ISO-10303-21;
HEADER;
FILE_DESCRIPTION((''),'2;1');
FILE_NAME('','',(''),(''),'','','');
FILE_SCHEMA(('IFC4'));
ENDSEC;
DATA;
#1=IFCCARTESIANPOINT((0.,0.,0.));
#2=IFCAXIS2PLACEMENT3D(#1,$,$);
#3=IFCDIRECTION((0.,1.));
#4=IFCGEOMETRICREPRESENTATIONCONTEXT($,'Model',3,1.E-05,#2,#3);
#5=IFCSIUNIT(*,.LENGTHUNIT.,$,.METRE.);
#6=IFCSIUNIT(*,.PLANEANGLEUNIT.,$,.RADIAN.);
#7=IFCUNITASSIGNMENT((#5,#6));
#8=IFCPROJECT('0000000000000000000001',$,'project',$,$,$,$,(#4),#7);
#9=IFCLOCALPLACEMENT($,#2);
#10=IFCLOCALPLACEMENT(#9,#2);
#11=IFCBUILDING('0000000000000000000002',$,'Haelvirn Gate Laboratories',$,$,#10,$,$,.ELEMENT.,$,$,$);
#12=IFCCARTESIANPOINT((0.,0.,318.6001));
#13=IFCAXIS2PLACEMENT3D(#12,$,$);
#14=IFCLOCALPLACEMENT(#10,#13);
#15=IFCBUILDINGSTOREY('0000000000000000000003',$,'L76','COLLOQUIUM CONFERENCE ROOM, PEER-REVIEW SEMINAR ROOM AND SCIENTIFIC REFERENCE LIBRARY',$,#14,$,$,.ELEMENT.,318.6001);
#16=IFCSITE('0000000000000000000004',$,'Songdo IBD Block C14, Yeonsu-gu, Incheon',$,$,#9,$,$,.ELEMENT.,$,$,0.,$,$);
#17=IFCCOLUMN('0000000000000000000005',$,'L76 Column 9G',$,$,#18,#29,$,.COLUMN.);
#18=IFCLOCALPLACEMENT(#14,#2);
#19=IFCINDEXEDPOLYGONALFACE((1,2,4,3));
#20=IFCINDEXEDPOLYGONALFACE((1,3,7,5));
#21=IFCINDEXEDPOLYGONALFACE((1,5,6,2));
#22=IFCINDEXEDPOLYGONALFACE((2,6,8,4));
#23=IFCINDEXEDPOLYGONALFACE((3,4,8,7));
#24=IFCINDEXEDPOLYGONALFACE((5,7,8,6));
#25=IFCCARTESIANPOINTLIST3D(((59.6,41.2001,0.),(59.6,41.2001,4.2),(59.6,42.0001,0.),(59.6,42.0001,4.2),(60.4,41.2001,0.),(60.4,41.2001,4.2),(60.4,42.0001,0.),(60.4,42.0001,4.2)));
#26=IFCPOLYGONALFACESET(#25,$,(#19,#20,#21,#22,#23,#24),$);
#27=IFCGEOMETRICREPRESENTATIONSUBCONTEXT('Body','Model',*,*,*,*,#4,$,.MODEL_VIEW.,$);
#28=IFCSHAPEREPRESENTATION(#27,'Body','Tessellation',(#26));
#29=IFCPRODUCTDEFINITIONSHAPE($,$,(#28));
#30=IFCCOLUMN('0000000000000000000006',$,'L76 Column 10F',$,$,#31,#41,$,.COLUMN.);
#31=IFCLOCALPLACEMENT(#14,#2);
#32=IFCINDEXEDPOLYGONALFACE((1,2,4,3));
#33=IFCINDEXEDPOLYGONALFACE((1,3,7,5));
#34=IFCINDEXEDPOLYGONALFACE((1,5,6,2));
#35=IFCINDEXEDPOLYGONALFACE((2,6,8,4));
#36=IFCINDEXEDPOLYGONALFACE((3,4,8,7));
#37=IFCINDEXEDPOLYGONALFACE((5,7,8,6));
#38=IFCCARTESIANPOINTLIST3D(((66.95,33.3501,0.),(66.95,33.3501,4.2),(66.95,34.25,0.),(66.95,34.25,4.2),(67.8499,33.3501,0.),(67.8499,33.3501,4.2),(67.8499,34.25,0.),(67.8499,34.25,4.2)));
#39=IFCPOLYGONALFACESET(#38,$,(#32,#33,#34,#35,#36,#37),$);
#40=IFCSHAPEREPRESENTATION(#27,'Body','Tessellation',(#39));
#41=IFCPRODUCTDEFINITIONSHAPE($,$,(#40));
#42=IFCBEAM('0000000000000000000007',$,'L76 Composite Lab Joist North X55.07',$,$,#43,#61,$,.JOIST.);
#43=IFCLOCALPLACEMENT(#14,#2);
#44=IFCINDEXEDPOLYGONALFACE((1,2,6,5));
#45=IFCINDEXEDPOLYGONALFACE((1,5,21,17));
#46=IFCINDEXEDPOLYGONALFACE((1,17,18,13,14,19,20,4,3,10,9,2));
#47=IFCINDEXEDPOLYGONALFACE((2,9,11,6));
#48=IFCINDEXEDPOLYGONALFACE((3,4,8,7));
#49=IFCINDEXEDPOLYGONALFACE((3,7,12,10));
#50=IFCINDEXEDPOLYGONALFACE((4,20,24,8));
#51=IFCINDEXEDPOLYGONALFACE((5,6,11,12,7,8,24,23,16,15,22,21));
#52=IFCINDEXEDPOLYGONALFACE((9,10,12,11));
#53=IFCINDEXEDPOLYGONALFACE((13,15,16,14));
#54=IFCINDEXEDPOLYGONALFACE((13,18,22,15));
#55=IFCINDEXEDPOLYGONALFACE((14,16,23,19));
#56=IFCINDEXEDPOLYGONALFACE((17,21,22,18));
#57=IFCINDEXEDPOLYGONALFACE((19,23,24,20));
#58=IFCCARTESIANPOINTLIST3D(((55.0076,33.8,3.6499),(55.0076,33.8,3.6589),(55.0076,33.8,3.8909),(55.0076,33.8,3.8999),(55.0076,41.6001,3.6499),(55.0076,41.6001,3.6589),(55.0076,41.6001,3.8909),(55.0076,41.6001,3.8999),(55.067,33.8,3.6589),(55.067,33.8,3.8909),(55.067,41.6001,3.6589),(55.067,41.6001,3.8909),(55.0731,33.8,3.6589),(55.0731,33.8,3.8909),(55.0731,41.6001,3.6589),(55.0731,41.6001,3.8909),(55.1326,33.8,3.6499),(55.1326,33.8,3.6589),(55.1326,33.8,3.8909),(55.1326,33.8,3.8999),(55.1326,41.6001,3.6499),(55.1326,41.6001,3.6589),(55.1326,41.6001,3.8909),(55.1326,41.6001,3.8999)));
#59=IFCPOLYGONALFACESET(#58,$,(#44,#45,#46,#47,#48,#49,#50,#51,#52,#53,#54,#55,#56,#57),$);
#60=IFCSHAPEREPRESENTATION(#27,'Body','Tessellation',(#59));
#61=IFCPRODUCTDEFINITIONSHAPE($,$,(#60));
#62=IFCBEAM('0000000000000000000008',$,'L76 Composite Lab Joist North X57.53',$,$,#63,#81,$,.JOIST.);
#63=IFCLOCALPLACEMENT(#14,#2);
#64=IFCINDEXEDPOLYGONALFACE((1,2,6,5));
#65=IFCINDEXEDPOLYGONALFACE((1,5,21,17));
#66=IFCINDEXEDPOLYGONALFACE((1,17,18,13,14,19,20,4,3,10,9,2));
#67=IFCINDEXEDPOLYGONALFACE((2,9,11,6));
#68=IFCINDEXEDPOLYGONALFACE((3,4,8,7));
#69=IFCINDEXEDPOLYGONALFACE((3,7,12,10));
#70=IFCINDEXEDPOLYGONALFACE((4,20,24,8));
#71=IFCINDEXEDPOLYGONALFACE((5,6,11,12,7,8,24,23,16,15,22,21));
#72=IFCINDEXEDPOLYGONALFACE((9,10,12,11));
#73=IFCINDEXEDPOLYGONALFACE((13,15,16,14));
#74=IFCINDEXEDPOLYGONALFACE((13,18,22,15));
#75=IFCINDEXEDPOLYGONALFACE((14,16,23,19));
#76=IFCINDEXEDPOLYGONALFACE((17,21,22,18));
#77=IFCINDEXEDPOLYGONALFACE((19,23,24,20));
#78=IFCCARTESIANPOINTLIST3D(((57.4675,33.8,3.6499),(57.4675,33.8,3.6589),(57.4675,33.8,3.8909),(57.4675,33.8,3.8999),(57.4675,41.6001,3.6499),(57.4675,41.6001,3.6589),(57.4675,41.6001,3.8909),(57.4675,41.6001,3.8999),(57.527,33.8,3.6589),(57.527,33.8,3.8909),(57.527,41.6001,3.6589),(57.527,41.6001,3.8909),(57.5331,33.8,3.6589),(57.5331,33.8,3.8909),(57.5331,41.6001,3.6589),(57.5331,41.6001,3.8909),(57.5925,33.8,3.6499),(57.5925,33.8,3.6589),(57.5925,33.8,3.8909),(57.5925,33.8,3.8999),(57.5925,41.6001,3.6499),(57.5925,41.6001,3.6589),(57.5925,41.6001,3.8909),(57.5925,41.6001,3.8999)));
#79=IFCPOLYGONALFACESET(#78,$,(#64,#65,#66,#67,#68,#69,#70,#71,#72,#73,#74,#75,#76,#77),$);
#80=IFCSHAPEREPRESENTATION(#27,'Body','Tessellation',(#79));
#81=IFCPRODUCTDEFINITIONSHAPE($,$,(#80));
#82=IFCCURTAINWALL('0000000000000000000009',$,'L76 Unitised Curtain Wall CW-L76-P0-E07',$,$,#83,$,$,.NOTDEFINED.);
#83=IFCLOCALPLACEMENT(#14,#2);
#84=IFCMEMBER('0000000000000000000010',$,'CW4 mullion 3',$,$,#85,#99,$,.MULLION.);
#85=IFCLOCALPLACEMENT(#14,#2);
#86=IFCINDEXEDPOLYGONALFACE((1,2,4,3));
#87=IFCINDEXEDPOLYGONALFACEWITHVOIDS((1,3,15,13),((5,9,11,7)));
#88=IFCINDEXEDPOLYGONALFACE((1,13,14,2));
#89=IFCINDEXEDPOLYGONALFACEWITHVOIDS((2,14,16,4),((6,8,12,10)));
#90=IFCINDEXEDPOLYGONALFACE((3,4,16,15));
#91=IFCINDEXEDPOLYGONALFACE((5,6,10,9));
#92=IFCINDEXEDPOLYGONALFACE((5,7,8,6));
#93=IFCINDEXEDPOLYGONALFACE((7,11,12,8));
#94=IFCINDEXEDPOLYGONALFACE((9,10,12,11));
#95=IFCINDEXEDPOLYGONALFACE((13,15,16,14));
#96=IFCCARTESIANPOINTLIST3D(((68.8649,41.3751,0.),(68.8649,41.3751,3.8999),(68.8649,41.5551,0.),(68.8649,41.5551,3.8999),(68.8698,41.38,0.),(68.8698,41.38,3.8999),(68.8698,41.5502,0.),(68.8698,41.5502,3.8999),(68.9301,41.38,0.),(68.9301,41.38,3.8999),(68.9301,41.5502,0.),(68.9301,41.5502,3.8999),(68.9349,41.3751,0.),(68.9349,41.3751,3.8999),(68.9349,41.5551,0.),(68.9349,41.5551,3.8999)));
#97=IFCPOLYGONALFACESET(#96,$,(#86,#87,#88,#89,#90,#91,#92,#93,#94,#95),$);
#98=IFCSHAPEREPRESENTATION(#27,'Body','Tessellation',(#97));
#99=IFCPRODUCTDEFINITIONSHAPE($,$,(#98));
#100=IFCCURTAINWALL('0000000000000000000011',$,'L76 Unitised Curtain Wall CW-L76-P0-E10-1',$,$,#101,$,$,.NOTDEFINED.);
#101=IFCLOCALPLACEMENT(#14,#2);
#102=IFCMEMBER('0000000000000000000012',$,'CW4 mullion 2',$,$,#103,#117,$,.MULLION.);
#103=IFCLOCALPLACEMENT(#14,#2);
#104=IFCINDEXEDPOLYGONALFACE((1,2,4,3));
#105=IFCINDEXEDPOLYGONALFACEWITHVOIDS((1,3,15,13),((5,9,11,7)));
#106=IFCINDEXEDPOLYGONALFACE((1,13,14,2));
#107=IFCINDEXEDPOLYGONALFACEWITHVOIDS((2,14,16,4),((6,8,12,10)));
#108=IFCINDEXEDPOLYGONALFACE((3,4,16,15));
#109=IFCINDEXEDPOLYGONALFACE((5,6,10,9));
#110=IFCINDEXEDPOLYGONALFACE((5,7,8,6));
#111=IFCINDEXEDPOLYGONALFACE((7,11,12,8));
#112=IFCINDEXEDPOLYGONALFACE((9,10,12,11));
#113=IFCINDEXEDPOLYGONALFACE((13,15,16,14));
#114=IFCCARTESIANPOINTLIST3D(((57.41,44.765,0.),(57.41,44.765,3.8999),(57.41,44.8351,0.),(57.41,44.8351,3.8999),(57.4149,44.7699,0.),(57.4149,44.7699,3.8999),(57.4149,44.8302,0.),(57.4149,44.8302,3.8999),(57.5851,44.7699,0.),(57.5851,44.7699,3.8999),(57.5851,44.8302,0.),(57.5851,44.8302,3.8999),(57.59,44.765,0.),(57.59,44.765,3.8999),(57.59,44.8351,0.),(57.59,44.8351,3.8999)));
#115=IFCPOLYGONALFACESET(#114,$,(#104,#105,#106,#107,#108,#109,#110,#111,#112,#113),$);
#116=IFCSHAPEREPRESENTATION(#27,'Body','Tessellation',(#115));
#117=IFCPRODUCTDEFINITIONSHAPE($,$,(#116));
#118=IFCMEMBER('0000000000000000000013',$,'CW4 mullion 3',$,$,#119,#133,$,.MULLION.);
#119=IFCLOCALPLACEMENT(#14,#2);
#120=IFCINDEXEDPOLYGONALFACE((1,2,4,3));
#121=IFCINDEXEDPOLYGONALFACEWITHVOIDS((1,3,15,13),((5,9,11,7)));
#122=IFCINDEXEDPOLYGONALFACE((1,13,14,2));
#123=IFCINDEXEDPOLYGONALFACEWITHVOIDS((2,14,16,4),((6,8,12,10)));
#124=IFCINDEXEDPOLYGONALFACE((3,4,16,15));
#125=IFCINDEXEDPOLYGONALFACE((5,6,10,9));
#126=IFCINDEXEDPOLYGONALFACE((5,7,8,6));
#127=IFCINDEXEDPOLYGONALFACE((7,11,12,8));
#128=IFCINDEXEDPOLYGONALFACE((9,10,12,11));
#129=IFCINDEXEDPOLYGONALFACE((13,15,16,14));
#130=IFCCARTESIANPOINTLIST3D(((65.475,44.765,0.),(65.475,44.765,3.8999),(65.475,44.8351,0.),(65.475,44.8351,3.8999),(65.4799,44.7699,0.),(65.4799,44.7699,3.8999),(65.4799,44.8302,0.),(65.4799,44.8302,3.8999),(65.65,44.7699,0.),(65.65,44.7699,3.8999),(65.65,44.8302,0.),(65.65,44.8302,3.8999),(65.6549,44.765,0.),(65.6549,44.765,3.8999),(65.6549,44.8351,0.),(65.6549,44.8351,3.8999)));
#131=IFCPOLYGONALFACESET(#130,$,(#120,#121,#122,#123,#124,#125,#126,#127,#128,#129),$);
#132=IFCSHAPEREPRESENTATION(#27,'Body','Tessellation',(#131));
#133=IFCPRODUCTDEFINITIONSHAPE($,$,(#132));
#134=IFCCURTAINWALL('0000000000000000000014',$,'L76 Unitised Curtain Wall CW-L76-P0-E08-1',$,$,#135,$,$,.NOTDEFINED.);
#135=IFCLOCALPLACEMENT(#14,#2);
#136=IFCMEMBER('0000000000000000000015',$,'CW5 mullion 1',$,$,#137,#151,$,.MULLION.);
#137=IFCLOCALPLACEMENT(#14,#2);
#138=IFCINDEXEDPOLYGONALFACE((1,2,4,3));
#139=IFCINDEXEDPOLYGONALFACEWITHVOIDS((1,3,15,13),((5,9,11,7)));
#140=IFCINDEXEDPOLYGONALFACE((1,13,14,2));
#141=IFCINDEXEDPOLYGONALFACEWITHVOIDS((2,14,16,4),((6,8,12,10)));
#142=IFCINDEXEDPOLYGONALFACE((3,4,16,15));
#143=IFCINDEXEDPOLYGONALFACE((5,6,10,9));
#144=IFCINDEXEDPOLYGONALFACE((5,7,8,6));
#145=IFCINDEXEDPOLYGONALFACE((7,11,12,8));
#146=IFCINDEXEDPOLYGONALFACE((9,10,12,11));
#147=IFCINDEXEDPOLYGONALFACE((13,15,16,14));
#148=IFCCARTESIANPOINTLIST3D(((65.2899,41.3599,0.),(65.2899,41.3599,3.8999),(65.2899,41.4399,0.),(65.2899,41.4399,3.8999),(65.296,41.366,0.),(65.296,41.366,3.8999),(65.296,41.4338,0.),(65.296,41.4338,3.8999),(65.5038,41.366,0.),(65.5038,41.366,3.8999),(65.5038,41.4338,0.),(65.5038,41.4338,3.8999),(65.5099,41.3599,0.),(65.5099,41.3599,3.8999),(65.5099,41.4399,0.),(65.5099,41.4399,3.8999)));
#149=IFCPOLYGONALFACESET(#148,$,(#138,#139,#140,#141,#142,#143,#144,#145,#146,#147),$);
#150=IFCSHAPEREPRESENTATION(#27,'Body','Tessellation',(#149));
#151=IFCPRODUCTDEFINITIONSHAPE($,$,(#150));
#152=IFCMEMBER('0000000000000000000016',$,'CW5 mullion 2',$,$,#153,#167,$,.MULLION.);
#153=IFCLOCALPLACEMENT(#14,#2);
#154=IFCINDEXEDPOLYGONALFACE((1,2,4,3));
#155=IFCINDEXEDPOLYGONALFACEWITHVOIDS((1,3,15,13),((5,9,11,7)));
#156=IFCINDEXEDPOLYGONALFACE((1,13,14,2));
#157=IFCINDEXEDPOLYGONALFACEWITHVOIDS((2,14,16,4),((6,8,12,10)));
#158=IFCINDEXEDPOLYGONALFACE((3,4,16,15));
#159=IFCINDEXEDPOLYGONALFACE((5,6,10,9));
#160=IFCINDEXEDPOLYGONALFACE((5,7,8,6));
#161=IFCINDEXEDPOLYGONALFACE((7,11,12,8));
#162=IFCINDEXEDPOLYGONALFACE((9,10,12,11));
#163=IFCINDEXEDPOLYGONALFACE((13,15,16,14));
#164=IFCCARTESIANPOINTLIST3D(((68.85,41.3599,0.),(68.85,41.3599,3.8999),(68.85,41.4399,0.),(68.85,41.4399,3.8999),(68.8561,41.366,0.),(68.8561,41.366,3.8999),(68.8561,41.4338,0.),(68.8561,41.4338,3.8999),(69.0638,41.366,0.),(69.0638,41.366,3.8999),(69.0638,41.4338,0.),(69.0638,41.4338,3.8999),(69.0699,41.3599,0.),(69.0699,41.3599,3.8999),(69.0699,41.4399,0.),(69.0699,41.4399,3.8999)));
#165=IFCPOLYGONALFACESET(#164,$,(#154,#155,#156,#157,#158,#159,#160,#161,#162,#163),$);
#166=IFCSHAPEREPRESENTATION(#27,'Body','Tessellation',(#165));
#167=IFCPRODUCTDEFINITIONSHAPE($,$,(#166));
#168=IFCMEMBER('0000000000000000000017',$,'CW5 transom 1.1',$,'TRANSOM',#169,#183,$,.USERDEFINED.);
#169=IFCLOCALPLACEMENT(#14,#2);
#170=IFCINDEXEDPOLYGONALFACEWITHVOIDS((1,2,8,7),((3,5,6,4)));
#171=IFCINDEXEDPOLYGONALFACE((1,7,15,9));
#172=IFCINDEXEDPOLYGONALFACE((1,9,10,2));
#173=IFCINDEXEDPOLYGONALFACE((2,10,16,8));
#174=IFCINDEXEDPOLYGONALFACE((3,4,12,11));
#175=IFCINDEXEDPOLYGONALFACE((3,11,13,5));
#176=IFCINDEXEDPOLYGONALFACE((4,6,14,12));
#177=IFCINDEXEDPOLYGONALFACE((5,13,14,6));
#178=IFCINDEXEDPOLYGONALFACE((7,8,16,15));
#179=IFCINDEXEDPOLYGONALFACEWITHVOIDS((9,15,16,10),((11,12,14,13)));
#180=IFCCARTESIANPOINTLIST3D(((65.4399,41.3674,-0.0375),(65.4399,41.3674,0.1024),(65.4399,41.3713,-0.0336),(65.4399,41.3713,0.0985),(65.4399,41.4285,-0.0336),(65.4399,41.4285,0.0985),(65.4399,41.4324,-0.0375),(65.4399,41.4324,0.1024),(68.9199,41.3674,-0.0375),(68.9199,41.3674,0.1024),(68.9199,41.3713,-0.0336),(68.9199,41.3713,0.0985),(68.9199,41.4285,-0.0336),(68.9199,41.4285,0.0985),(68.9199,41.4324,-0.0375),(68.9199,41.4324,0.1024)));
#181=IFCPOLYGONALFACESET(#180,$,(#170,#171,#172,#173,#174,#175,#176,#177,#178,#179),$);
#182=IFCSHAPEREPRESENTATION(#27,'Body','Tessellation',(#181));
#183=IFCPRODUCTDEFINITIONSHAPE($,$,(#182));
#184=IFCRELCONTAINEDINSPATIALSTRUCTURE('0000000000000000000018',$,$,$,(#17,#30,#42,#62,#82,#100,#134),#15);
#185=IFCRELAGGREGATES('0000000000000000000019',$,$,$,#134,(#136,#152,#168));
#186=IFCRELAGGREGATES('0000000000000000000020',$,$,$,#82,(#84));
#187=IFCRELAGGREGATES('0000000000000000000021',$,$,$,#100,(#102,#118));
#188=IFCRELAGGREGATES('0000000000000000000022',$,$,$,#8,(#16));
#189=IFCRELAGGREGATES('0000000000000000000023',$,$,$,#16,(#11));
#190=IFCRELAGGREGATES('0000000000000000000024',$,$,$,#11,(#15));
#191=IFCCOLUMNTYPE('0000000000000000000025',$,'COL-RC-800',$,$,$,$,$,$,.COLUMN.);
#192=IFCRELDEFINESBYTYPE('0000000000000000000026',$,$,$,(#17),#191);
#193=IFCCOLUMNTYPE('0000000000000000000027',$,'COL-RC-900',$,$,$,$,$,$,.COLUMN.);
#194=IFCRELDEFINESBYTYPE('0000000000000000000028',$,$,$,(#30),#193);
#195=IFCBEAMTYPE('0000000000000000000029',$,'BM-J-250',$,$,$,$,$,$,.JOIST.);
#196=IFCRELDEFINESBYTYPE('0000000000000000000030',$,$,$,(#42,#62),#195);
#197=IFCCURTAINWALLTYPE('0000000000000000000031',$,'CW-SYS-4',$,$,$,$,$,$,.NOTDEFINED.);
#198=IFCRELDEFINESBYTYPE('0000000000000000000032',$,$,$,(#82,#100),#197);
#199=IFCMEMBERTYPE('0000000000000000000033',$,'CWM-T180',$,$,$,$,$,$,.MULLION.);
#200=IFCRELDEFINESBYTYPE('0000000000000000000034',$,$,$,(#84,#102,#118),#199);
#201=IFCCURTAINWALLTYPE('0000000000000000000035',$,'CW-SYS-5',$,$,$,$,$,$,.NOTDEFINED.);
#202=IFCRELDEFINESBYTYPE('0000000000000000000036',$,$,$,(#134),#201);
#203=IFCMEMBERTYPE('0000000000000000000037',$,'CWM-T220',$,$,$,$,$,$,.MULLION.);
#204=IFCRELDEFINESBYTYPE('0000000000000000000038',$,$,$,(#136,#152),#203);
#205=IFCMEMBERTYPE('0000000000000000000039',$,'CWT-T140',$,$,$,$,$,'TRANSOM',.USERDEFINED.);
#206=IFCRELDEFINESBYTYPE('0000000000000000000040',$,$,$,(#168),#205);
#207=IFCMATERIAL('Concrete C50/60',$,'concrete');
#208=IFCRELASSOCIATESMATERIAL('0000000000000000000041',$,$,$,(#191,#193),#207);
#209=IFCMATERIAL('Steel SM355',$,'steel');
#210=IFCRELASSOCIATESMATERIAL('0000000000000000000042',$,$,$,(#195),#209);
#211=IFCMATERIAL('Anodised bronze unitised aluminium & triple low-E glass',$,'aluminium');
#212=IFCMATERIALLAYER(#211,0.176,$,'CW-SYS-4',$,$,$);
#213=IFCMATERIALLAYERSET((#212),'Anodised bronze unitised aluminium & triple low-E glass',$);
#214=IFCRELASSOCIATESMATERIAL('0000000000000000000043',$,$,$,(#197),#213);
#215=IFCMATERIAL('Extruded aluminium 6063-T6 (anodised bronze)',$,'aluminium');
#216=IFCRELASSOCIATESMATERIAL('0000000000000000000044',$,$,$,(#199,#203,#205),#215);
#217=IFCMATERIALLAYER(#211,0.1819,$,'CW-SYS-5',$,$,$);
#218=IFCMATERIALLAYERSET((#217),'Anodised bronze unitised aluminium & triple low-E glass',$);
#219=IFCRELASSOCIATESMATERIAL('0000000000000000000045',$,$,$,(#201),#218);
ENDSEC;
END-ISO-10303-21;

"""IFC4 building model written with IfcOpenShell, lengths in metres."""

from ifc_helpers import new_model, si_unit, direction, frame, origin, origin_2d, place, context, subcontext, project, spatial, rectangle, hollow_rectangle, i_section, extrude, source, transform, mapped, material, layer, layer_set, material_profile, profile_set, type_object, type_shapes, element, aggregate, save


model = new_model("IFC4")

# Units and contexts
model_context = context("Model", 3, precision=1e-05, world=origin(), true_north=direction((0.0, 1.0)))
body_context = subcontext(model_context, "Body", "Model", "MODEL_VIEW")
ifc_project = project(units=[si_unit("LENGTHUNIT", "METRE"), si_unit("PLANEANGLEUNIT", "RADIAN")], contexts=[model_context])

# Site, building, storey
site_placement = place(None, origin())
site = spatial("IfcSite", under=ifc_project, at=site_placement, Name="Songdo IBD Block C14, Yeonsu-gu, Incheon", CompositionType="ELEMENT", RefElevation=0.0)
building_placement = place(site_placement, origin())
building = spatial("IfcBuilding", under=site, at=building_placement, Name="Haelvirn Gate Laboratories", CompositionType="ELEMENT")
storey_placement = place(building_placement, frame((0.0, 0.0, 318.6001)))
storey = spatial("IfcBuildingStorey", under=building, at=storey_placement, Name="L76", Description="COLLOQUIUM CONFERENCE ROOM, PEER-REVIEW SEMINAR ROOM AND SCIENTIFIC REFERENCE LIBRARY", CompositionType="ELEMENT", Elevation=318.6001)

# Columns
ifc_material_1 = material(Name="Concrete C50/60", Category="concrete")
ifc_material_profile_1 = material_profile(ifc_material_1, rectangle(XDim=0.8, YDim=0.8, at=origin_2d()), Name="RC-800x800")
ifc_profile_set_1 = profile_set([ifc_material_profile_1], Name="Concrete C50/60")
column_type_1 = type_object("IfcColumnType", Name="COL-RC-800", PredefinedType="COLUMN", material=ifc_profile_set_1)
shared_shape_1 = source(origin(), body_context, "Body", "SweptSolid", [
    extrude(rectangle(XDim=0.8, YDim=0.8, at=origin_2d()), origin(), (0.0, 0.0, 1.0), 4.2),
])
type_shapes(column_type_1, [shared_shape_1])
column_1_placement = place(storey_placement, frame((60.0, 41.6001, 0.0), z_axis=(0.0, 0.0, 1.0), x_axis=(1.0, 0.0, 0.0)))
element("IfcColumn", 1, at=column_1_placement, inside=storey, type_object=column_type_1, Name="L76 Column 9G", PredefinedType="COLUMN", context=body_context, shape_type="MappedRepresentation", body=[
    mapped(shared_shape_1, transform((0.0, 0.0, 0.0), scale=1.0)),
])
ifc_material_profile_2 = material_profile(ifc_material_1, rectangle(XDim=0.8999, YDim=0.8999, at=origin_2d()), Name="RC-900x900")
ifc_profile_set_2 = profile_set([ifc_material_profile_2], Name="Concrete C50/60")
column_type_2 = type_object("IfcColumnType", Name="COL-RC-900", PredefinedType="COLUMN", material=ifc_profile_set_2)
shared_shape_2 = source(origin(), body_context, "Body", "SweptSolid", [
    extrude(rectangle(XDim=0.8999, YDim=0.8999, at=origin_2d()), origin(), (0.0, 0.0, 1.0), 4.2),
])
type_shapes(column_type_2, [shared_shape_2])
column_2_placement = place(storey_placement, frame((67.3999, 33.8, 0.0), z_axis=(0.0, 0.0, 1.0), x_axis=(1.0, 0.0, 0.0)))
element("IfcColumn", 2, at=column_2_placement, inside=storey, type_object=column_type_2, Name="L76 Column 10F", PredefinedType="COLUMN", context=body_context, shape_type="MappedRepresentation", body=[
    mapped(shared_shape_2, transform((0.0, 0.0, 0.0), scale=1.0)),
])

# Beams
ifc_material_2 = material(Name="Steel SM355", Category="steel")
ifc_material_profile_3 = material_profile(ifc_material_2, i_section(OverallWidth=0.125, OverallDepth=0.25, WebThickness=0.0061, FlangeThickness=0.009, at=origin_2d()), Name="H-250x125x6x9")
ifc_profile_set_3 = profile_set([ifc_material_profile_3], Name="Steel SM355")
beam_type = type_object("IfcBeamType", Name="BM-J-250", PredefinedType="JOIST", material=ifc_profile_set_3)
shared_shape_3 = source(origin(), body_context, "Body", "SweptSolid", [
    extrude(i_section(OverallWidth=0.125, OverallDepth=0.25, WebThickness=0.0061, FlangeThickness=0.009, at=origin_2d()), origin(), (0.0, 0.0, 1.0), 7.8),
])
type_shapes(beam_type, [shared_shape_3])
for number, where, z_axis, x_axis, name in (
    (3, (55.0701, 33.8, 3.7749), (0.0, 1.0, 0.0), (-1.0, 0.0, 0.0), "L76 Composite Lab Joist North X55.07"),
    (4, (57.53, 33.8, 3.7749), (0.0, 1.0, 0.0), (-1.0, 0.0, 0.0), "L76 Composite Lab Joist North X57.53"),
):
    element("IfcBeam", number, at=place(storey_placement, frame(where, z_axis=z_axis, x_axis=x_axis)), inside=storey, type_object=beam_type, Name=name, PredefinedType="JOIST", context=body_context, shape_type="MappedRepresentation", body=[
        mapped(shared_shape_3, transform((0.0, 0.0, 0.0), scale=1.0)),
    ])

# Curtain wall, member
ifc_material_3 = material(Name="Anodised bronze unitised aluminium & triple low-E glass", Category="aluminium")
ifc_layer_1 = layer(ifc_material_3, 0.176, Name="CW-SYS-4")
ifc_layer_set_1 = layer_set([ifc_layer_1], Name="Anodised bronze unitised aluminium & triple low-E glass")
curtain_wall_type_1 = type_object("IfcCurtainWallType", Name="CW-SYS-4", PredefinedType="NOTDEFINED", material=ifc_layer_set_1)
curtain_wall_1_placement = place(storey_placement, origin())
curtain_wall_1 = element("IfcCurtainWall", 5, at=curtain_wall_1_placement, inside=storey, type_object=curtain_wall_type_1, Name="L76 Unitised Curtain Wall CW-L76-P0-E07", PredefinedType="NOTDEFINED")
ifc_material_4 = material(Name="Extruded aluminium 6063-T6 (anodised bronze)", Category="aluminium")
ifc_material_profile_4 = material_profile(ifc_material_4, hollow_rectangle(XDim=0.0701, YDim=0.1799, WallThickness=0.0049, at=origin_2d()), Name="CWM-180x70x5")
ifc_profile_set_4 = profile_set([ifc_material_profile_4], Name="Extruded aluminium 6063-T6 (anodised bronze)")
member_type_1 = type_object("IfcMemberType", Name="CWM-T180", PredefinedType="MULLION", material=ifc_profile_set_4)
shared_shape_4 = source(origin(), body_context, "Body", "SweptSolid", [
    extrude(hollow_rectangle(XDim=0.0701, YDim=0.1799, WallThickness=0.0049, at=origin_2d()), origin(), (0.0, 0.0, 1.0), 3.8999),
])
type_shapes(member_type_1, [shared_shape_4])
member_1_placement = place(storey_placement, frame((68.8999, 41.4651, 0.0), z_axis=(0.0, 0.0, 1.0), x_axis=(-1.0, 0.0, 0.0)))
member_1 = element("IfcMember", 6, at=member_1_placement, type_object=member_type_1, Name="CW4 mullion 3", PredefinedType="MULLION", context=body_context, shape_type="MappedRepresentation", body=[
    mapped(shared_shape_4, transform((0.0, 0.0, 0.0), scale=1.0)),
])

# Curtain walls, members
curtain_wall_2_placement = place(storey_placement, origin())
curtain_wall_2 = element("IfcCurtainWall", 7, at=curtain_wall_2_placement, inside=storey, type_object=curtain_wall_type_1, Name="L76 Unitised Curtain Wall CW-L76-P0-E10-1", PredefinedType="NOTDEFINED")
member_2_placement = place(storey_placement, frame((57.5, 44.8, 0.0), z_axis=(0.0, 0.0, 1.0), x_axis=(0.0, 1.0, 0.0)))
member_2 = element("IfcMember", 8, at=member_2_placement, type_object=member_type_1, Name="CW4 mullion 2", PredefinedType="MULLION", context=body_context, shape_type="MappedRepresentation", body=[
    mapped(shared_shape_4, transform((0.0, 0.0, 0.0), scale=1.0)),
])
member_3_placement = place(storey_placement, frame((65.5649, 44.8, 0.0), z_axis=(0.0, 0.0, 1.0), x_axis=(0.0, 1.0, 0.0)))
member_3 = element("IfcMember", 9, at=member_3_placement, type_object=member_type_1, Name="CW4 mullion 3", PredefinedType="MULLION", context=body_context, shape_type="MappedRepresentation", body=[
    mapped(shared_shape_4, transform((0.0, 0.0, 0.0), scale=1.0)),
])
ifc_layer_2 = layer(ifc_material_3, 0.1819, Name="CW-SYS-5")
ifc_layer_set_2 = layer_set([ifc_layer_2], Name="Anodised bronze unitised aluminium & triple low-E glass")
curtain_wall_type_2 = type_object("IfcCurtainWallType", Name="CW-SYS-5", PredefinedType="NOTDEFINED", material=ifc_layer_set_2)
curtain_wall_3_placement = place(storey_placement, origin())
curtain_wall_3 = element("IfcCurtainWall", 10, at=curtain_wall_3_placement, inside=storey, type_object=curtain_wall_type_2, Name="L76 Unitised Curtain Wall CW-L76-P0-E08-1", PredefinedType="NOTDEFINED")
ifc_material_profile_5 = material_profile(ifc_material_4, hollow_rectangle(XDim=0.0801, YDim=0.22, WallThickness=0.0061, at=origin_2d()), Name="CWM-220x80x6")
ifc_profile_set_5 = profile_set([ifc_material_profile_5], Name="Extruded aluminium 6063-T6 (anodised bronze)")
member_type_2 = type_object("IfcMemberType", Name="CWM-T220", PredefinedType="MULLION", material=ifc_profile_set_5)
shared_shape_5 = source(origin(), body_context, "Body", "SweptSolid", [
    extrude(hollow_rectangle(XDim=0.0801, YDim=0.22, WallThickness=0.0061, at=origin_2d()), origin(), (0.0, 0.0, 1.0), 3.8999),
])
type_shapes(member_type_2, [shared_shape_5])
member_4_placement = place(storey_placement, frame((65.3999, 41.3999, 0.0), z_axis=(0.0, 0.0, 1.0), x_axis=(0.0, 1.0, 0.0)))
member_4 = element("IfcMember", 11, at=member_4_placement, type_object=member_type_2, Name="CW5 mullion 1", PredefinedType="MULLION", context=body_context, shape_type="MappedRepresentation", body=[
    mapped(shared_shape_5, transform((0.0, 0.0, 0.0), scale=1.0)),
])
member_5_placement = place(storey_placement, frame((68.96, 41.3999, 0.0), z_axis=(0.0, 0.0, 1.0), x_axis=(0.0, 1.0, 0.0)))
member_5 = element("IfcMember", 12, at=member_5_placement, type_object=member_type_2, Name="CW5 mullion 2", PredefinedType="MULLION", context=body_context, shape_type="MappedRepresentation", body=[
    mapped(shared_shape_5, transform((0.0, 0.0, 0.0), scale=1.0)),
])
ifc_material_profile_6 = material_profile(ifc_material_4, hollow_rectangle(XDim=0.0649, YDim=0.1399, WallThickness=0.0039, at=origin_2d()), Name="CWT-140x65x4")
ifc_profile_set_6 = profile_set([ifc_material_profile_6], Name="Extruded aluminium 6063-T6 (anodised bronze)")
member_type_3 = type_object("IfcMemberType", Name="CWT-T140", ElementType="TRANSOM", PredefinedType="USERDEFINED", material=ifc_profile_set_6)
shared_shape_6 = source(origin(), body_context, "Body", "SweptSolid", [
    extrude(hollow_rectangle(XDim=0.0649, YDim=0.1399, WallThickness=0.0039, at=origin_2d()), origin(), (0.0, 0.0, 1.0), 3.48),
])
member_6_placement = place(storey_placement, frame((65.4399, 41.3999, 0.0325), z_axis=(1.0, 0.0, 0.0), x_axis=(0.0, 1.0, 0.0)))
member_6 = element("IfcMember", 13, at=member_6_placement, type_object=member_type_3, Name="CW5 transom 1.1", ObjectType="TRANSOM", PredefinedType="USERDEFINED", context=body_context, shape_type="MappedRepresentation", body=[
    mapped(shared_shape_6, transform((0.0, 0.0, 0.0), scale=1.0)),
])

aggregate(curtain_wall_3, [member_4, member_5, member_6])
aggregate(curtain_wall_1, [member_1])
aggregate(curtain_wall_2, [member_2, member_3])

save(model, "model.ifc")
